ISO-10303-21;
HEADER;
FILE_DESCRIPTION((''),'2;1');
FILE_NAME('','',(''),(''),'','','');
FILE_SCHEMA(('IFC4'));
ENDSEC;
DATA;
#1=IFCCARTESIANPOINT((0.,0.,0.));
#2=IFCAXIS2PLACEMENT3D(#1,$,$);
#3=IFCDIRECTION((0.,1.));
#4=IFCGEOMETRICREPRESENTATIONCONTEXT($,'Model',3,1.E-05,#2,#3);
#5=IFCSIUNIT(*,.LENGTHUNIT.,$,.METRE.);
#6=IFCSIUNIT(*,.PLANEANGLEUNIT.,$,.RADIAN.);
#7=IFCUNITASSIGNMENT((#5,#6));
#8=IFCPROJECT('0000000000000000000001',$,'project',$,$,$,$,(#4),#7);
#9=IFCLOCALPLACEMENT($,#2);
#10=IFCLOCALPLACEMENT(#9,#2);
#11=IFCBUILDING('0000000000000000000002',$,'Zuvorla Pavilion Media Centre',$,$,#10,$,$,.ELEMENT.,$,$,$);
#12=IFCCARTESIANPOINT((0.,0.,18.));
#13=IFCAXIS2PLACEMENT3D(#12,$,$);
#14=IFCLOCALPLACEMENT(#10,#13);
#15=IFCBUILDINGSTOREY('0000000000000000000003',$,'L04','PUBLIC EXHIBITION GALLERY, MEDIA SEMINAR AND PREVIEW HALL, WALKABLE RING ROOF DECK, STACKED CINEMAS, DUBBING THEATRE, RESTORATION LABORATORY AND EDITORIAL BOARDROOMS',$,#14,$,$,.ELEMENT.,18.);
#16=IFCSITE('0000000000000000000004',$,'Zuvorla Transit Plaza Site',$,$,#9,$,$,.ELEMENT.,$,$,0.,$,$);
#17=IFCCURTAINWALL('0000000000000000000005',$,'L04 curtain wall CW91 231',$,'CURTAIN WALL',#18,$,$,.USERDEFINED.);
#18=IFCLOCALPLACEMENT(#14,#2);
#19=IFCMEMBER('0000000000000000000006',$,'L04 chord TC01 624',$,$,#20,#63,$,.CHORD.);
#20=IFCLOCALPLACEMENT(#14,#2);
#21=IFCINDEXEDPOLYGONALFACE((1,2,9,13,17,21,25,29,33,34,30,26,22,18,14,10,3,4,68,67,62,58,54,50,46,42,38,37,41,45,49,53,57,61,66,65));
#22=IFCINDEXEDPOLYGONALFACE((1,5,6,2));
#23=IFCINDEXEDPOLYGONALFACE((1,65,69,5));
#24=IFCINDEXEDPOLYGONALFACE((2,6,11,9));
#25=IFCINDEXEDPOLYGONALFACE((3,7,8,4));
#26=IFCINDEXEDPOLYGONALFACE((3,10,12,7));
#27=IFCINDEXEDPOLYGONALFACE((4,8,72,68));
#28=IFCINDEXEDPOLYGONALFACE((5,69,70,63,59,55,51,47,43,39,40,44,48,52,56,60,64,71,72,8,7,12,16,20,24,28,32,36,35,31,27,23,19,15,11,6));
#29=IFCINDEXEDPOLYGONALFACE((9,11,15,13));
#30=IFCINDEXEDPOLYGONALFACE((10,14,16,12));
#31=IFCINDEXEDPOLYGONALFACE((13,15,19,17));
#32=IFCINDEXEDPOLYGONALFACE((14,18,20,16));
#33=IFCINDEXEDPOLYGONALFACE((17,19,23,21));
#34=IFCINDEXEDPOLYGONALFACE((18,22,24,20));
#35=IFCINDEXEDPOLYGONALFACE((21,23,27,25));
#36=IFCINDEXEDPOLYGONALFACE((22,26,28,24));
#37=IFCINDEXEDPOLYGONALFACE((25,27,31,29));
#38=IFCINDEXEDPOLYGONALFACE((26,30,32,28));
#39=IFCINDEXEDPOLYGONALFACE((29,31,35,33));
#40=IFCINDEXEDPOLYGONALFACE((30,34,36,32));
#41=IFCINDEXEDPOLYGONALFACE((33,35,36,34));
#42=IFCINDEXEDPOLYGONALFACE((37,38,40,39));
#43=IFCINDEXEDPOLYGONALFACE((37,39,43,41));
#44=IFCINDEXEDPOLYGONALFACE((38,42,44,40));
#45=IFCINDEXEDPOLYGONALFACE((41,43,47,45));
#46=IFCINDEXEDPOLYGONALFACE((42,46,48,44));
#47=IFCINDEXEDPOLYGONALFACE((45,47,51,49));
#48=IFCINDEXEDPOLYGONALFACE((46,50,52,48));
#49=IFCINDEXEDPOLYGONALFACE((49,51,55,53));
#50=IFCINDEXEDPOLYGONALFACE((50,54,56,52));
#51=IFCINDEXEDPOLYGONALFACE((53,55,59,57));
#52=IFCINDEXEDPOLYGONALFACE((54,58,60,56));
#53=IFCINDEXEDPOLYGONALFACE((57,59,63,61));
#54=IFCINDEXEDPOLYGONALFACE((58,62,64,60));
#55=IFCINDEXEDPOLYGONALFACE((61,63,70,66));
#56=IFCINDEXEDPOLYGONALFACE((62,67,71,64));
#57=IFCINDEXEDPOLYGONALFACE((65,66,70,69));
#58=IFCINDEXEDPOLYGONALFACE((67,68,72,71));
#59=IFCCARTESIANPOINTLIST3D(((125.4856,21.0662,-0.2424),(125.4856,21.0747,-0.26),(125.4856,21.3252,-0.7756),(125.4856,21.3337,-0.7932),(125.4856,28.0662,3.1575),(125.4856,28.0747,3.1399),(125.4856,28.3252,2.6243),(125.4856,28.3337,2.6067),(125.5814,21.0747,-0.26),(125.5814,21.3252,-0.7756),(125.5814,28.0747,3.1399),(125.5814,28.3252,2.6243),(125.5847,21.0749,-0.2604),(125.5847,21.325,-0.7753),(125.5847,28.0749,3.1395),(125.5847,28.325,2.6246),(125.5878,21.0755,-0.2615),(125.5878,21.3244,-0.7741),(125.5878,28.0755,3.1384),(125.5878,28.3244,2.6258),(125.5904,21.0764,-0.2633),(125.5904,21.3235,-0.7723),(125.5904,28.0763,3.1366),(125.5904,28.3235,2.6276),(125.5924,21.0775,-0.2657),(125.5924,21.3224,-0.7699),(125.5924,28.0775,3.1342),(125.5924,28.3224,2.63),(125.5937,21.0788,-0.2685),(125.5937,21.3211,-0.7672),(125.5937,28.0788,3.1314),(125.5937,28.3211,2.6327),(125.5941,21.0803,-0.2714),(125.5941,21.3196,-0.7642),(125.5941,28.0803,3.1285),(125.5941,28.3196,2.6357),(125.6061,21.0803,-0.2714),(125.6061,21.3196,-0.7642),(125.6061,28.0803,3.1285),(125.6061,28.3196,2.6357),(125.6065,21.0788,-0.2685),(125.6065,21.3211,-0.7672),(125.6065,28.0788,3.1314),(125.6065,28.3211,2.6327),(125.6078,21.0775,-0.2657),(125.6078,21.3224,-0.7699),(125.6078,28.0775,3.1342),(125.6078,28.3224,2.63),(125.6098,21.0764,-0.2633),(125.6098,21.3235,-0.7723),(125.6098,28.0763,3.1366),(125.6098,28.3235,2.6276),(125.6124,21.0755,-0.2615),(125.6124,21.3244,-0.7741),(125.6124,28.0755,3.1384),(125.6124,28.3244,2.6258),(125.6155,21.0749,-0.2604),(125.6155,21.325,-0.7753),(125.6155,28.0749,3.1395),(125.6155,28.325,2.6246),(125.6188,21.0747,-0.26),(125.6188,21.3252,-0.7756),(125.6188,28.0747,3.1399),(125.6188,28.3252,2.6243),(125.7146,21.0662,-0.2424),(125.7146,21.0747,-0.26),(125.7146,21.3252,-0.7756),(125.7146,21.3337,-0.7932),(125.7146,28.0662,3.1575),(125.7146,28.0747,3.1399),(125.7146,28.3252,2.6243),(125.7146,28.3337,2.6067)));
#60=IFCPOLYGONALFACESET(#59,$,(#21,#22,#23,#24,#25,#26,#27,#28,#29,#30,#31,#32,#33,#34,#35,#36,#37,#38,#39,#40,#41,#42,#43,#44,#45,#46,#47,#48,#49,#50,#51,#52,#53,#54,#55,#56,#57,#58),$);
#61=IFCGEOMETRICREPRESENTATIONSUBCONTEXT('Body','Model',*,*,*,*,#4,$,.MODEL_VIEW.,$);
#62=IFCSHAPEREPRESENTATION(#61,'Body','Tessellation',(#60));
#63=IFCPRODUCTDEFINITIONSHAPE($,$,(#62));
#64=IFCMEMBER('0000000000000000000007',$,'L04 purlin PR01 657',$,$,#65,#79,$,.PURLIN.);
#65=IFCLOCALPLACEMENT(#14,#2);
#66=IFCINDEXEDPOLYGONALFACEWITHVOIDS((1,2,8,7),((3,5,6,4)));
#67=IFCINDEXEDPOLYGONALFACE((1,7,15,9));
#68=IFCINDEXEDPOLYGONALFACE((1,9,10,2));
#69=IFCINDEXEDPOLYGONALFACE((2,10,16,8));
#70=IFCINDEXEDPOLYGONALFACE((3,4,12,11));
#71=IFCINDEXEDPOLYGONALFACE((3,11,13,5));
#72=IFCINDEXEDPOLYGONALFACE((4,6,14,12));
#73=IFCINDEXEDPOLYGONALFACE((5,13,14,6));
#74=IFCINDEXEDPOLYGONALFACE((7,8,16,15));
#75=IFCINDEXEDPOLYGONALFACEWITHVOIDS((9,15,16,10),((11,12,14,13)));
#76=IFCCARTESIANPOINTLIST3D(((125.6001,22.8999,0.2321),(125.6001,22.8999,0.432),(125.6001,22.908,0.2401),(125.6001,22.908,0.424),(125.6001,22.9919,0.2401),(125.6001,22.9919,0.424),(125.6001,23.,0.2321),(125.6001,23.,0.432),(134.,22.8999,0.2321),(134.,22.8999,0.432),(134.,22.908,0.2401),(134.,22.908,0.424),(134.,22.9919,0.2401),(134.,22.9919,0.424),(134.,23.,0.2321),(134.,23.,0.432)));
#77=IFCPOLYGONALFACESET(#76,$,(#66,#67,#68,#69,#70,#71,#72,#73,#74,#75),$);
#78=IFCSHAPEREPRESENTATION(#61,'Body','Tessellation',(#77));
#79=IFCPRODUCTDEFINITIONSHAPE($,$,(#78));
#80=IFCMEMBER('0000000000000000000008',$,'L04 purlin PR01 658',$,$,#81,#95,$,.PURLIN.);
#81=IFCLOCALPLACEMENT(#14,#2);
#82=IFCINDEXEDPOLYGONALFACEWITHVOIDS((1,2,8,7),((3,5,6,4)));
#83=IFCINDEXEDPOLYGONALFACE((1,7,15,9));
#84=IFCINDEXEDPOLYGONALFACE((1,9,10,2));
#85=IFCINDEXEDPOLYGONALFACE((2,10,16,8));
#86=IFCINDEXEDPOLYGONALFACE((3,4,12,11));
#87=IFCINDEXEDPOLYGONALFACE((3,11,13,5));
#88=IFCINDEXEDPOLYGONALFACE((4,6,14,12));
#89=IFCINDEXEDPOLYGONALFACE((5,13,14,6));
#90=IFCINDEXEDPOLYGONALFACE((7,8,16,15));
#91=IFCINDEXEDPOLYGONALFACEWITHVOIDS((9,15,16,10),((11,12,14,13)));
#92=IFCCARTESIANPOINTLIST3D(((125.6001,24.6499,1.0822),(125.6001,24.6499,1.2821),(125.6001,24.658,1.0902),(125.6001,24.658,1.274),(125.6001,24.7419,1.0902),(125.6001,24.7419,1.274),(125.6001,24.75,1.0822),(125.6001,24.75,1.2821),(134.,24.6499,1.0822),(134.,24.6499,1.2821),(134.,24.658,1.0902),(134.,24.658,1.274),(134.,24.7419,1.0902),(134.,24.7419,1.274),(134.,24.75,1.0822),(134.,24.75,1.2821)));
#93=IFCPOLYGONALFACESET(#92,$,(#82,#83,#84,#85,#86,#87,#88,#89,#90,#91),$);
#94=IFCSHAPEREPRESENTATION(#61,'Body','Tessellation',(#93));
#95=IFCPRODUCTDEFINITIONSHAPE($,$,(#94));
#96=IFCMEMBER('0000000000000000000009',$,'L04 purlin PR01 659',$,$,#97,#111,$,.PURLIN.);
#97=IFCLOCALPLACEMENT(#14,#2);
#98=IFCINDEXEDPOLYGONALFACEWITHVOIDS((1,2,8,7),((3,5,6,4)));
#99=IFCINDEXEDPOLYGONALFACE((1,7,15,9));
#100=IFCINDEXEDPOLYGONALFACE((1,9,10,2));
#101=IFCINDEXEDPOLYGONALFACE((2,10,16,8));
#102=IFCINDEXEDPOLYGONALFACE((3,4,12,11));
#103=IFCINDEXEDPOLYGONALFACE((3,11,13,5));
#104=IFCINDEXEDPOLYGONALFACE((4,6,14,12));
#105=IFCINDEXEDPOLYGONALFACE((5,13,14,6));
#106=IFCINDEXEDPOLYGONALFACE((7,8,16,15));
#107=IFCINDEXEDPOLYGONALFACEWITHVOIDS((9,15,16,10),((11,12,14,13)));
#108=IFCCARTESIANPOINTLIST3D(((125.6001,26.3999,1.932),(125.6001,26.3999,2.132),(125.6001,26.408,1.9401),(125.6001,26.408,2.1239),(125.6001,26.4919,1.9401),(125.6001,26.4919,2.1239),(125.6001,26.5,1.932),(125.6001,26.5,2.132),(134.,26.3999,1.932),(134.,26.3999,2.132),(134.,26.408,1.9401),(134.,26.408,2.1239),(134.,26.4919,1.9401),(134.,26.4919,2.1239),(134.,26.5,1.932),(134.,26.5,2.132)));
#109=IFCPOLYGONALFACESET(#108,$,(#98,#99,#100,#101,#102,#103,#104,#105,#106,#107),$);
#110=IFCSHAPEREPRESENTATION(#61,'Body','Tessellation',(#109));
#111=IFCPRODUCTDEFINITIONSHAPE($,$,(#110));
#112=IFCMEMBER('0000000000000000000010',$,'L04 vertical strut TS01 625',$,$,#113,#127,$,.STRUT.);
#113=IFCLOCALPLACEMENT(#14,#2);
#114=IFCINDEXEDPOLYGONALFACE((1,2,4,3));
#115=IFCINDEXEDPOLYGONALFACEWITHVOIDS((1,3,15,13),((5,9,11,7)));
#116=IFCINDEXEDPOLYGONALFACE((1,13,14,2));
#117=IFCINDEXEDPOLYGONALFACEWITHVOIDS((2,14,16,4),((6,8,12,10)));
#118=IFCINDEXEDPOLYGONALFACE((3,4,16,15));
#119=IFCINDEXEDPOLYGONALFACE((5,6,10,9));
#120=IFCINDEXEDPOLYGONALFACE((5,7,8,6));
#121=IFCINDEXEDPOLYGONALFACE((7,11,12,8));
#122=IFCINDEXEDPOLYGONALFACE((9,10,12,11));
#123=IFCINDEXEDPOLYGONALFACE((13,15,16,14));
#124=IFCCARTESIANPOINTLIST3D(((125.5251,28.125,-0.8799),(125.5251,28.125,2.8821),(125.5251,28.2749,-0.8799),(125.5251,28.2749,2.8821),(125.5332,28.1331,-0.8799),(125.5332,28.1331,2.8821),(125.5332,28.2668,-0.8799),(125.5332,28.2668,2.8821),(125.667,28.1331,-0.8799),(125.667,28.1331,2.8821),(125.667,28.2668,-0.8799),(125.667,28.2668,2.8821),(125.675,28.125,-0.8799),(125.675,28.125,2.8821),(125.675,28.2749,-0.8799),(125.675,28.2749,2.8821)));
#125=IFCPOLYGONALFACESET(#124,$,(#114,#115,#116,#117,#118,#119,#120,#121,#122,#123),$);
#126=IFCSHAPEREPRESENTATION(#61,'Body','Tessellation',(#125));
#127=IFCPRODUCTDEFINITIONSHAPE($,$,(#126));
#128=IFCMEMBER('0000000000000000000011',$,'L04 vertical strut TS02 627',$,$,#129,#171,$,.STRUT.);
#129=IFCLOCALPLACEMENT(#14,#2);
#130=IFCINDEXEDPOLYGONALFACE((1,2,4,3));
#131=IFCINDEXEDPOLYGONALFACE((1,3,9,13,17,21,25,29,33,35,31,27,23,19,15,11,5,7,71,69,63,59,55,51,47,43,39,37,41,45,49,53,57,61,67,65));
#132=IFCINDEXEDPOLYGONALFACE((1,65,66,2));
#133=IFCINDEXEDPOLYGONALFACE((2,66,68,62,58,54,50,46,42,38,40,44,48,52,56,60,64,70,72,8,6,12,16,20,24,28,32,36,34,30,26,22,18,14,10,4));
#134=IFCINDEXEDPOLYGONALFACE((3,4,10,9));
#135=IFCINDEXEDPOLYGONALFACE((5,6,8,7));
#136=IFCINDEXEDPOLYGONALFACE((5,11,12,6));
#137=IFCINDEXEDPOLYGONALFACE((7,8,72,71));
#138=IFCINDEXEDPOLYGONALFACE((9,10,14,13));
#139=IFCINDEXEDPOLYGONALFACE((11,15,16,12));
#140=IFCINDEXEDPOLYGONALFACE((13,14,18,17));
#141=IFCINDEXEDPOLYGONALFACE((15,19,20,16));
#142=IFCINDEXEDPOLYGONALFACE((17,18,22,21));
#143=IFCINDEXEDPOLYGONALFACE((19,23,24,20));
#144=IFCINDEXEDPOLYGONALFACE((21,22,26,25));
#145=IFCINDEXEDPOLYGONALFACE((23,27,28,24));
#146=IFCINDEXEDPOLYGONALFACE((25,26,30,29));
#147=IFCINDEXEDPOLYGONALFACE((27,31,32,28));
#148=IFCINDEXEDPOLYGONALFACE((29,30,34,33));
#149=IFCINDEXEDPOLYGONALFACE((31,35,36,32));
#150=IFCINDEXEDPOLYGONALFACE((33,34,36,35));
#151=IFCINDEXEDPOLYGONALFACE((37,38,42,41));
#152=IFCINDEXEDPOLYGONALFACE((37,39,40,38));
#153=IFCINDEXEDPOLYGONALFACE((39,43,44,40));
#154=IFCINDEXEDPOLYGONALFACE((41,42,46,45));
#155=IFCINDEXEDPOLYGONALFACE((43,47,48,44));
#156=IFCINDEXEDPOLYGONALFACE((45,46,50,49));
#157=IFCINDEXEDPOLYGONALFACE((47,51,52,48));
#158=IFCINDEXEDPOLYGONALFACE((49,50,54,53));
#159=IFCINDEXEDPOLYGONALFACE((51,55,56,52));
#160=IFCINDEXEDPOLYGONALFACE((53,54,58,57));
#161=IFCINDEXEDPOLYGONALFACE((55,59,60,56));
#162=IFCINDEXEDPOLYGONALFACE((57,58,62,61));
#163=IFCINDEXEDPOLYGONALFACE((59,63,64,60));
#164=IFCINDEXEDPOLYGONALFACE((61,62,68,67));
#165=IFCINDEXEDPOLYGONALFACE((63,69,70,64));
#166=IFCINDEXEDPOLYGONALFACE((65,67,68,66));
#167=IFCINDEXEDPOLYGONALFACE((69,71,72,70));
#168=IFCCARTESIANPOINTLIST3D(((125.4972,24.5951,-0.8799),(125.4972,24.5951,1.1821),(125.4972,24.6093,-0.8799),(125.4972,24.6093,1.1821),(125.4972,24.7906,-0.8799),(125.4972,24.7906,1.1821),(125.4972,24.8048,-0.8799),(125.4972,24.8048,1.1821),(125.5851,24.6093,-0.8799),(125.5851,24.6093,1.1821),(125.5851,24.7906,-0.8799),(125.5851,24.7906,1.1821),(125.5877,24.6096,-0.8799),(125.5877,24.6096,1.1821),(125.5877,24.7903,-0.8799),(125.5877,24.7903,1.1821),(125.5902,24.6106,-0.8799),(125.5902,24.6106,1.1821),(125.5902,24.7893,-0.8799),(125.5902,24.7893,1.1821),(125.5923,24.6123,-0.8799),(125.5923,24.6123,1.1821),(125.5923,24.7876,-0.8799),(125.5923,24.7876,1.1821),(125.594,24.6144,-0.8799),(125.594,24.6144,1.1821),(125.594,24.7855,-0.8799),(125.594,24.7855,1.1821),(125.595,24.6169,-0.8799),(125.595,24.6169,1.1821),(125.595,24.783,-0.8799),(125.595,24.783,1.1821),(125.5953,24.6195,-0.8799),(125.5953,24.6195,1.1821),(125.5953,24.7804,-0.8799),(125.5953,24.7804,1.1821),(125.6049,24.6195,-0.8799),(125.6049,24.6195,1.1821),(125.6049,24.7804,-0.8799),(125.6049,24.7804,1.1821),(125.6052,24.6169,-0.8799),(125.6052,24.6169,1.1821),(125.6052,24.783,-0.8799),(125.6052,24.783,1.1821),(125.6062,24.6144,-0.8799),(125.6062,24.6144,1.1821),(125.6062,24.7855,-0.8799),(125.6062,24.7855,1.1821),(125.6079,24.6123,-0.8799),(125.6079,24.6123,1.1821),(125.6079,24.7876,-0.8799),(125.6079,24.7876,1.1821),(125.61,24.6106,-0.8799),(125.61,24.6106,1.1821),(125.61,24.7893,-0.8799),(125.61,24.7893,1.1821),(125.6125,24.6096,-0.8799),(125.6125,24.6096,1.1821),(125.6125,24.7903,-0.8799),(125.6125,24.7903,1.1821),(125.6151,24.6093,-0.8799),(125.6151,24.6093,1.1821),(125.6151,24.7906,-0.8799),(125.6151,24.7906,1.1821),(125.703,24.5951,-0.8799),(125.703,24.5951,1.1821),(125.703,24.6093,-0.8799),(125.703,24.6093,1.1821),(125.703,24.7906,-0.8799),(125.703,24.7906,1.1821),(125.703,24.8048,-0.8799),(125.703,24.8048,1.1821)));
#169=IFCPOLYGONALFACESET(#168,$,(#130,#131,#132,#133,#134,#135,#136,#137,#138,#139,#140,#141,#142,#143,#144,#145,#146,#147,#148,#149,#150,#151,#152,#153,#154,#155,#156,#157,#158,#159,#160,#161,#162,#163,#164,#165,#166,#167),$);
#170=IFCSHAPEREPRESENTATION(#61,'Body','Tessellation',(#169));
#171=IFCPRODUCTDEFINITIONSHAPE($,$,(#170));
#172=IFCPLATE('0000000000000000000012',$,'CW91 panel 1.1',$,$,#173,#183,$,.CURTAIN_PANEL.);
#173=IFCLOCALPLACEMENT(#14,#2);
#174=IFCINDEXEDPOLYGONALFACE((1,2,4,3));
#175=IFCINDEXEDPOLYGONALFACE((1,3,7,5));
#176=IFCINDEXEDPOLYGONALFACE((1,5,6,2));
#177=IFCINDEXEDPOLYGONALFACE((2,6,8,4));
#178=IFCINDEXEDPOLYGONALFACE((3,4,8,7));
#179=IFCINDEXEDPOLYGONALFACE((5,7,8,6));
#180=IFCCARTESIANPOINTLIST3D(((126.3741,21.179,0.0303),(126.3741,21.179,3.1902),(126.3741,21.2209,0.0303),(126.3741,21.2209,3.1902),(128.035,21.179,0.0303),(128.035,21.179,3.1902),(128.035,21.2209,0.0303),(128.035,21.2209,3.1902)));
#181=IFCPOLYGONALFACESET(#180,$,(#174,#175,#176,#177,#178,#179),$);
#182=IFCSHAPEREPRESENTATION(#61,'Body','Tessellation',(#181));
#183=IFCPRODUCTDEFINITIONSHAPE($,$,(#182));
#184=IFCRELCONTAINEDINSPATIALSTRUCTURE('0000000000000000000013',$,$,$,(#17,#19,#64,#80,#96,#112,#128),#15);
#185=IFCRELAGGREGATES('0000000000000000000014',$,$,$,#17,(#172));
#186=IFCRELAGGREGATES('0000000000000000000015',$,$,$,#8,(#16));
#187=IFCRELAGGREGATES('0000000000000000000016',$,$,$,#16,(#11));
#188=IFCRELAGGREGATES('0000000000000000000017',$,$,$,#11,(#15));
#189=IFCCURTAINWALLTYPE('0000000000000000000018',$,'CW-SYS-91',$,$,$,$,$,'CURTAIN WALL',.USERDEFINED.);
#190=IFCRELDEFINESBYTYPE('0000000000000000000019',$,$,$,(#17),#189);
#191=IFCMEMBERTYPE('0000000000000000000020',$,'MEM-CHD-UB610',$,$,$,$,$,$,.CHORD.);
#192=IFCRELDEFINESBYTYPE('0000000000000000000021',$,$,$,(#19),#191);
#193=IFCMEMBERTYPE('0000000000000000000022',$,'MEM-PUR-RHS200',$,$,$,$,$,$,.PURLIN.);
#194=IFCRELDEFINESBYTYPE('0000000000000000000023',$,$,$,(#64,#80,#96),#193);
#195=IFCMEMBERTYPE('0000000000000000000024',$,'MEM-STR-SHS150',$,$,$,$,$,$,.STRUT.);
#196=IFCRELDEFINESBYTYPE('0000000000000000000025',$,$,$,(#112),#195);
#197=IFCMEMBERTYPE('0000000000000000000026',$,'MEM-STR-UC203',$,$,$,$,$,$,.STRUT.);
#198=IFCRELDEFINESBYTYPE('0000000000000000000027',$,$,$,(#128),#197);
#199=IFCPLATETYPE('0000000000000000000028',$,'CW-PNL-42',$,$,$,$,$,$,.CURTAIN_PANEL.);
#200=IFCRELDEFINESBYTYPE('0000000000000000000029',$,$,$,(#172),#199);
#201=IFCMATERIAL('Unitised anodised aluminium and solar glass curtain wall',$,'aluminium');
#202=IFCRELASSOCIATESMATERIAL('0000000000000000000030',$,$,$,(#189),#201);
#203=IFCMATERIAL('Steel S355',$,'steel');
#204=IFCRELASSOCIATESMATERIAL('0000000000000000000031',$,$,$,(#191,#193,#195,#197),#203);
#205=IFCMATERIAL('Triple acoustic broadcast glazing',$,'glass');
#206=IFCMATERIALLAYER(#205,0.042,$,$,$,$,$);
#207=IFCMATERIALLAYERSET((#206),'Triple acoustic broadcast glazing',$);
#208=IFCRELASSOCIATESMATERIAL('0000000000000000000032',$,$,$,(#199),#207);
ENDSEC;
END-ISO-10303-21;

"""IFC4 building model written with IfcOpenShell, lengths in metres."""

from ifc_helpers import new_model, si_unit, direction, frame, origin, origin_2d, place, context, subcontext, project, spatial, rectangle, hollow_rectangle, i_section, extrude, material, layer, layer_set, material_profile, profile_set, type_object, element, aggregate, save


model = new_model("IFC4")

# Units and contexts
model_context = context("Model", 3, precision=1e-05, world=origin(), true_north=direction((0.0, 1.0)))
body_context = subcontext(model_context, "Body", "Model", "MODEL_VIEW")
ifc_project = project(units=[si_unit("LENGTHUNIT", "METRE"), si_unit("PLANEANGLEUNIT", "RADIAN")], contexts=[model_context])

# Site, building, storey
site_placement = place(None, origin())
site = spatial("IfcSite", under=ifc_project, at=site_placement, Name="Zuvorla Transit Plaza Site", CompositionType="ELEMENT", RefElevation=0.0)
building_placement = place(site_placement, origin())
building = spatial("IfcBuilding", under=site, at=building_placement, Name="Zuvorla Pavilion Media Centre", CompositionType="ELEMENT")
storey_placement = place(building_placement, frame((0.0, 0.0, 18.0)))
storey = spatial("IfcBuildingStorey", under=building, at=storey_placement, Name="L04", Description="PUBLIC EXHIBITION GALLERY, MEDIA SEMINAR AND PREVIEW HALL, WALKABLE RING ROOF DECK, STACKED CINEMAS, DUBBING THEATRE, RESTORATION LABORATORY AND EDITORIAL BOARDROOMS", CompositionType="ELEMENT", Elevation=18.0)

# Curtain wall
ifc_material_1 = material(Name="Unitised anodised aluminium and solar glass curtain wall", Category="aluminium")
curtain_wall_type = type_object("IfcCurtainWallType", Name="CW-SYS-91", ElementType="CURTAIN WALL", PredefinedType="USERDEFINED", material=ifc_material_1)
curtain_wall_placement = place(storey_placement, origin())
curtain_wall = element("IfcCurtainWall", 1, at=curtain_wall_placement, inside=storey, type_object=curtain_wall_type, Name="L04 curtain wall CW91 231", ObjectType="CURTAIN WALL", PredefinedType="USERDEFINED")

# Members
ifc_material_2 = material(Name="Steel S355", Category="steel")
ifc_material_profile_1 = material_profile(ifc_material_2, i_section(OverallWidth=0.229, OverallDepth=0.6123, WebThickness=0.012, FlangeThickness=0.0195, FilletRadius=0.0127, at=origin_2d()), Name="UB 610x229x125")
ifc_profile_set_1 = profile_set([ifc_material_profile_1], Name="Steel S355")
member_type_1 = type_object("IfcMemberType", Name="MEM-CHD-UB610", PredefinedType="CHORD", material=ifc_profile_set_1)
member_1_placement = place(storey_placement, frame((125.6001, 21.2, -0.5178), z_axis=(0.0, 0.899513, 0.436894), x_axis=(-1.0, 0.0, 0.0)))
element("IfcMember", 2, at=member_1_placement, inside=storey, type_object=member_type_1, Name="L04 chord TC01 624", PredefinedType="CHORD", context=body_context, shape_type="SweptSolid", body=[
    extrude(i_section(OverallWidth=0.229, OverallDepth=0.6123, WebThickness=0.012, FlangeThickness=0.0195, FilletRadius=0.0127, at=origin_2d()), origin(), (0.0, 0.0, 1.0), 7.782),
])
ifc_material_profile_2 = material_profile(ifc_material_2, hollow_rectangle(XDim=0.1001, YDim=0.2, WallThickness=0.0081, at=origin_2d()), Name="RHS 200x100x8")
ifc_profile_set_2 = profile_set([ifc_material_profile_2], Name="Steel S355")
member_type_2 = type_object("IfcMemberType", Name="MEM-PUR-RHS200", PredefinedType="PURLIN", material=ifc_profile_set_2)
for number, where, z_axis, x_axis, name in (
    (3, (125.6001, 22.95, 0.332), (1.0, 0.0, 0.0), (0.0, 1.0, 0.0), "L04 purlin PR01 657"),
    (4, (125.6001, 24.7, 1.1821), (1.0, 0.0, 0.0), (0.0, 1.0, 0.0), "L04 purlin PR01 658"),
    (5, (125.6001, 26.45, 2.032), (1.0, 0.0, 0.0), (0.0, 1.0, 0.0), "L04 purlin PR01 659"),
):
    element("IfcMember", number, at=place(storey_placement, frame(where, z_axis=z_axis, x_axis=x_axis)), inside=storey, type_object=member_type_2, Name=name, PredefinedType="PURLIN", context=body_context, shape_type="SweptSolid", body=[
        extrude(hollow_rectangle(XDim=0.1001, YDim=0.2, WallThickness=0.0081, at=origin_2d()), origin(), (0.0, 0.0, 1.0), 8.3999),
    ])
ifc_material_profile_3 = material_profile(ifc_material_2, hollow_rectangle(XDim=0.1499, YDim=0.1499, WallThickness=0.0081, at=origin_2d()), Name="SHS 150x150x8")
ifc_profile_set_3 = profile_set([ifc_material_profile_3], Name="Steel S355")
member_type_3 = type_object("IfcMemberType", Name="MEM-STR-SHS150", PredefinedType="STRUT", material=ifc_profile_set_3)
member_2_placement = place(storey_placement, frame((125.6001, 28.2, -0.8799), z_axis=(0.0, 0.0, 1.0), x_axis=(1.0, 0.0, 0.0)))
element("IfcMember", 6, at=member_2_placement, inside=storey, type_object=member_type_3, Name="L04 vertical strut TS01 625", PredefinedType="STRUT", context=body_context, shape_type="SweptSolid", body=[
    extrude(hollow_rectangle(XDim=0.1499, YDim=0.1499, WallThickness=0.0081, at=origin_2d()), origin(), (0.0, 0.0, 1.0), 3.762),
])
ifc_material_profile_4 = material_profile(ifc_material_2, i_section(OverallWidth=0.2058, OverallDepth=0.2097, WebThickness=0.0095, FlangeThickness=0.0142, FilletRadius=0.0103, at=origin_2d()), Name="UC 203x203x60")
ifc_profile_set_4 = profile_set([ifc_material_profile_4], Name="Steel S355")
member_type_4 = type_object("IfcMemberType", Name="MEM-STR-UC203", PredefinedType="STRUT", material=ifc_profile_set_4)
member_3_placement = place(storey_placement, frame((125.6001, 24.7, -0.8799), z_axis=(0.0, 0.0, 1.0), x_axis=(1.0, 0.0, 0.0)))
element("IfcMember", 7, at=member_3_placement, inside=storey, type_object=member_type_4, Name="L04 vertical strut TS02 627", PredefinedType="STRUT", context=body_context, shape_type="SweptSolid", body=[
    extrude(i_section(OverallWidth=0.2058, OverallDepth=0.2097, WebThickness=0.0095, FlangeThickness=0.0142, FilletRadius=0.0103, at=origin_2d()), origin(), (0.0, 0.0, 1.0), 2.062),
])

# Plate
ifc_material_3 = material(Name="Triple acoustic broadcast glazing", Category="glass")
ifc_layer_1 = layer(ifc_material_3, 0.042)
ifc_layer_set_1 = layer_set([ifc_layer_1], Name="Triple acoustic broadcast glazing")
plate_type_1 = type_object("IfcPlateType", Name="CW-PNL-42", PredefinedType="CURTAIN_PANEL", material=ifc_layer_set_1)
plate_1_placement = place(storey_placement, frame((127.2046, 21.2, 0.0303), z_axis=(0.0, 0.0, 1.0), x_axis=(1.0, 0.0, 0.0)))
plate_1 = element("IfcPlate", 8, at=plate_1_placement, type_object=plate_type_1, Name="CW91 panel 1.1", PredefinedType="CURTAIN_PANEL", context=body_context, shape_type="SweptSolid", body=[
    extrude(rectangle(XDim=1.6609, YDim=0.042, at=origin_2d()), origin(), (0.0, 0.0, 1.0), 3.1599),
])
aggregate(curtain_wall, [plate_1])

save(model, "model.ifc")
